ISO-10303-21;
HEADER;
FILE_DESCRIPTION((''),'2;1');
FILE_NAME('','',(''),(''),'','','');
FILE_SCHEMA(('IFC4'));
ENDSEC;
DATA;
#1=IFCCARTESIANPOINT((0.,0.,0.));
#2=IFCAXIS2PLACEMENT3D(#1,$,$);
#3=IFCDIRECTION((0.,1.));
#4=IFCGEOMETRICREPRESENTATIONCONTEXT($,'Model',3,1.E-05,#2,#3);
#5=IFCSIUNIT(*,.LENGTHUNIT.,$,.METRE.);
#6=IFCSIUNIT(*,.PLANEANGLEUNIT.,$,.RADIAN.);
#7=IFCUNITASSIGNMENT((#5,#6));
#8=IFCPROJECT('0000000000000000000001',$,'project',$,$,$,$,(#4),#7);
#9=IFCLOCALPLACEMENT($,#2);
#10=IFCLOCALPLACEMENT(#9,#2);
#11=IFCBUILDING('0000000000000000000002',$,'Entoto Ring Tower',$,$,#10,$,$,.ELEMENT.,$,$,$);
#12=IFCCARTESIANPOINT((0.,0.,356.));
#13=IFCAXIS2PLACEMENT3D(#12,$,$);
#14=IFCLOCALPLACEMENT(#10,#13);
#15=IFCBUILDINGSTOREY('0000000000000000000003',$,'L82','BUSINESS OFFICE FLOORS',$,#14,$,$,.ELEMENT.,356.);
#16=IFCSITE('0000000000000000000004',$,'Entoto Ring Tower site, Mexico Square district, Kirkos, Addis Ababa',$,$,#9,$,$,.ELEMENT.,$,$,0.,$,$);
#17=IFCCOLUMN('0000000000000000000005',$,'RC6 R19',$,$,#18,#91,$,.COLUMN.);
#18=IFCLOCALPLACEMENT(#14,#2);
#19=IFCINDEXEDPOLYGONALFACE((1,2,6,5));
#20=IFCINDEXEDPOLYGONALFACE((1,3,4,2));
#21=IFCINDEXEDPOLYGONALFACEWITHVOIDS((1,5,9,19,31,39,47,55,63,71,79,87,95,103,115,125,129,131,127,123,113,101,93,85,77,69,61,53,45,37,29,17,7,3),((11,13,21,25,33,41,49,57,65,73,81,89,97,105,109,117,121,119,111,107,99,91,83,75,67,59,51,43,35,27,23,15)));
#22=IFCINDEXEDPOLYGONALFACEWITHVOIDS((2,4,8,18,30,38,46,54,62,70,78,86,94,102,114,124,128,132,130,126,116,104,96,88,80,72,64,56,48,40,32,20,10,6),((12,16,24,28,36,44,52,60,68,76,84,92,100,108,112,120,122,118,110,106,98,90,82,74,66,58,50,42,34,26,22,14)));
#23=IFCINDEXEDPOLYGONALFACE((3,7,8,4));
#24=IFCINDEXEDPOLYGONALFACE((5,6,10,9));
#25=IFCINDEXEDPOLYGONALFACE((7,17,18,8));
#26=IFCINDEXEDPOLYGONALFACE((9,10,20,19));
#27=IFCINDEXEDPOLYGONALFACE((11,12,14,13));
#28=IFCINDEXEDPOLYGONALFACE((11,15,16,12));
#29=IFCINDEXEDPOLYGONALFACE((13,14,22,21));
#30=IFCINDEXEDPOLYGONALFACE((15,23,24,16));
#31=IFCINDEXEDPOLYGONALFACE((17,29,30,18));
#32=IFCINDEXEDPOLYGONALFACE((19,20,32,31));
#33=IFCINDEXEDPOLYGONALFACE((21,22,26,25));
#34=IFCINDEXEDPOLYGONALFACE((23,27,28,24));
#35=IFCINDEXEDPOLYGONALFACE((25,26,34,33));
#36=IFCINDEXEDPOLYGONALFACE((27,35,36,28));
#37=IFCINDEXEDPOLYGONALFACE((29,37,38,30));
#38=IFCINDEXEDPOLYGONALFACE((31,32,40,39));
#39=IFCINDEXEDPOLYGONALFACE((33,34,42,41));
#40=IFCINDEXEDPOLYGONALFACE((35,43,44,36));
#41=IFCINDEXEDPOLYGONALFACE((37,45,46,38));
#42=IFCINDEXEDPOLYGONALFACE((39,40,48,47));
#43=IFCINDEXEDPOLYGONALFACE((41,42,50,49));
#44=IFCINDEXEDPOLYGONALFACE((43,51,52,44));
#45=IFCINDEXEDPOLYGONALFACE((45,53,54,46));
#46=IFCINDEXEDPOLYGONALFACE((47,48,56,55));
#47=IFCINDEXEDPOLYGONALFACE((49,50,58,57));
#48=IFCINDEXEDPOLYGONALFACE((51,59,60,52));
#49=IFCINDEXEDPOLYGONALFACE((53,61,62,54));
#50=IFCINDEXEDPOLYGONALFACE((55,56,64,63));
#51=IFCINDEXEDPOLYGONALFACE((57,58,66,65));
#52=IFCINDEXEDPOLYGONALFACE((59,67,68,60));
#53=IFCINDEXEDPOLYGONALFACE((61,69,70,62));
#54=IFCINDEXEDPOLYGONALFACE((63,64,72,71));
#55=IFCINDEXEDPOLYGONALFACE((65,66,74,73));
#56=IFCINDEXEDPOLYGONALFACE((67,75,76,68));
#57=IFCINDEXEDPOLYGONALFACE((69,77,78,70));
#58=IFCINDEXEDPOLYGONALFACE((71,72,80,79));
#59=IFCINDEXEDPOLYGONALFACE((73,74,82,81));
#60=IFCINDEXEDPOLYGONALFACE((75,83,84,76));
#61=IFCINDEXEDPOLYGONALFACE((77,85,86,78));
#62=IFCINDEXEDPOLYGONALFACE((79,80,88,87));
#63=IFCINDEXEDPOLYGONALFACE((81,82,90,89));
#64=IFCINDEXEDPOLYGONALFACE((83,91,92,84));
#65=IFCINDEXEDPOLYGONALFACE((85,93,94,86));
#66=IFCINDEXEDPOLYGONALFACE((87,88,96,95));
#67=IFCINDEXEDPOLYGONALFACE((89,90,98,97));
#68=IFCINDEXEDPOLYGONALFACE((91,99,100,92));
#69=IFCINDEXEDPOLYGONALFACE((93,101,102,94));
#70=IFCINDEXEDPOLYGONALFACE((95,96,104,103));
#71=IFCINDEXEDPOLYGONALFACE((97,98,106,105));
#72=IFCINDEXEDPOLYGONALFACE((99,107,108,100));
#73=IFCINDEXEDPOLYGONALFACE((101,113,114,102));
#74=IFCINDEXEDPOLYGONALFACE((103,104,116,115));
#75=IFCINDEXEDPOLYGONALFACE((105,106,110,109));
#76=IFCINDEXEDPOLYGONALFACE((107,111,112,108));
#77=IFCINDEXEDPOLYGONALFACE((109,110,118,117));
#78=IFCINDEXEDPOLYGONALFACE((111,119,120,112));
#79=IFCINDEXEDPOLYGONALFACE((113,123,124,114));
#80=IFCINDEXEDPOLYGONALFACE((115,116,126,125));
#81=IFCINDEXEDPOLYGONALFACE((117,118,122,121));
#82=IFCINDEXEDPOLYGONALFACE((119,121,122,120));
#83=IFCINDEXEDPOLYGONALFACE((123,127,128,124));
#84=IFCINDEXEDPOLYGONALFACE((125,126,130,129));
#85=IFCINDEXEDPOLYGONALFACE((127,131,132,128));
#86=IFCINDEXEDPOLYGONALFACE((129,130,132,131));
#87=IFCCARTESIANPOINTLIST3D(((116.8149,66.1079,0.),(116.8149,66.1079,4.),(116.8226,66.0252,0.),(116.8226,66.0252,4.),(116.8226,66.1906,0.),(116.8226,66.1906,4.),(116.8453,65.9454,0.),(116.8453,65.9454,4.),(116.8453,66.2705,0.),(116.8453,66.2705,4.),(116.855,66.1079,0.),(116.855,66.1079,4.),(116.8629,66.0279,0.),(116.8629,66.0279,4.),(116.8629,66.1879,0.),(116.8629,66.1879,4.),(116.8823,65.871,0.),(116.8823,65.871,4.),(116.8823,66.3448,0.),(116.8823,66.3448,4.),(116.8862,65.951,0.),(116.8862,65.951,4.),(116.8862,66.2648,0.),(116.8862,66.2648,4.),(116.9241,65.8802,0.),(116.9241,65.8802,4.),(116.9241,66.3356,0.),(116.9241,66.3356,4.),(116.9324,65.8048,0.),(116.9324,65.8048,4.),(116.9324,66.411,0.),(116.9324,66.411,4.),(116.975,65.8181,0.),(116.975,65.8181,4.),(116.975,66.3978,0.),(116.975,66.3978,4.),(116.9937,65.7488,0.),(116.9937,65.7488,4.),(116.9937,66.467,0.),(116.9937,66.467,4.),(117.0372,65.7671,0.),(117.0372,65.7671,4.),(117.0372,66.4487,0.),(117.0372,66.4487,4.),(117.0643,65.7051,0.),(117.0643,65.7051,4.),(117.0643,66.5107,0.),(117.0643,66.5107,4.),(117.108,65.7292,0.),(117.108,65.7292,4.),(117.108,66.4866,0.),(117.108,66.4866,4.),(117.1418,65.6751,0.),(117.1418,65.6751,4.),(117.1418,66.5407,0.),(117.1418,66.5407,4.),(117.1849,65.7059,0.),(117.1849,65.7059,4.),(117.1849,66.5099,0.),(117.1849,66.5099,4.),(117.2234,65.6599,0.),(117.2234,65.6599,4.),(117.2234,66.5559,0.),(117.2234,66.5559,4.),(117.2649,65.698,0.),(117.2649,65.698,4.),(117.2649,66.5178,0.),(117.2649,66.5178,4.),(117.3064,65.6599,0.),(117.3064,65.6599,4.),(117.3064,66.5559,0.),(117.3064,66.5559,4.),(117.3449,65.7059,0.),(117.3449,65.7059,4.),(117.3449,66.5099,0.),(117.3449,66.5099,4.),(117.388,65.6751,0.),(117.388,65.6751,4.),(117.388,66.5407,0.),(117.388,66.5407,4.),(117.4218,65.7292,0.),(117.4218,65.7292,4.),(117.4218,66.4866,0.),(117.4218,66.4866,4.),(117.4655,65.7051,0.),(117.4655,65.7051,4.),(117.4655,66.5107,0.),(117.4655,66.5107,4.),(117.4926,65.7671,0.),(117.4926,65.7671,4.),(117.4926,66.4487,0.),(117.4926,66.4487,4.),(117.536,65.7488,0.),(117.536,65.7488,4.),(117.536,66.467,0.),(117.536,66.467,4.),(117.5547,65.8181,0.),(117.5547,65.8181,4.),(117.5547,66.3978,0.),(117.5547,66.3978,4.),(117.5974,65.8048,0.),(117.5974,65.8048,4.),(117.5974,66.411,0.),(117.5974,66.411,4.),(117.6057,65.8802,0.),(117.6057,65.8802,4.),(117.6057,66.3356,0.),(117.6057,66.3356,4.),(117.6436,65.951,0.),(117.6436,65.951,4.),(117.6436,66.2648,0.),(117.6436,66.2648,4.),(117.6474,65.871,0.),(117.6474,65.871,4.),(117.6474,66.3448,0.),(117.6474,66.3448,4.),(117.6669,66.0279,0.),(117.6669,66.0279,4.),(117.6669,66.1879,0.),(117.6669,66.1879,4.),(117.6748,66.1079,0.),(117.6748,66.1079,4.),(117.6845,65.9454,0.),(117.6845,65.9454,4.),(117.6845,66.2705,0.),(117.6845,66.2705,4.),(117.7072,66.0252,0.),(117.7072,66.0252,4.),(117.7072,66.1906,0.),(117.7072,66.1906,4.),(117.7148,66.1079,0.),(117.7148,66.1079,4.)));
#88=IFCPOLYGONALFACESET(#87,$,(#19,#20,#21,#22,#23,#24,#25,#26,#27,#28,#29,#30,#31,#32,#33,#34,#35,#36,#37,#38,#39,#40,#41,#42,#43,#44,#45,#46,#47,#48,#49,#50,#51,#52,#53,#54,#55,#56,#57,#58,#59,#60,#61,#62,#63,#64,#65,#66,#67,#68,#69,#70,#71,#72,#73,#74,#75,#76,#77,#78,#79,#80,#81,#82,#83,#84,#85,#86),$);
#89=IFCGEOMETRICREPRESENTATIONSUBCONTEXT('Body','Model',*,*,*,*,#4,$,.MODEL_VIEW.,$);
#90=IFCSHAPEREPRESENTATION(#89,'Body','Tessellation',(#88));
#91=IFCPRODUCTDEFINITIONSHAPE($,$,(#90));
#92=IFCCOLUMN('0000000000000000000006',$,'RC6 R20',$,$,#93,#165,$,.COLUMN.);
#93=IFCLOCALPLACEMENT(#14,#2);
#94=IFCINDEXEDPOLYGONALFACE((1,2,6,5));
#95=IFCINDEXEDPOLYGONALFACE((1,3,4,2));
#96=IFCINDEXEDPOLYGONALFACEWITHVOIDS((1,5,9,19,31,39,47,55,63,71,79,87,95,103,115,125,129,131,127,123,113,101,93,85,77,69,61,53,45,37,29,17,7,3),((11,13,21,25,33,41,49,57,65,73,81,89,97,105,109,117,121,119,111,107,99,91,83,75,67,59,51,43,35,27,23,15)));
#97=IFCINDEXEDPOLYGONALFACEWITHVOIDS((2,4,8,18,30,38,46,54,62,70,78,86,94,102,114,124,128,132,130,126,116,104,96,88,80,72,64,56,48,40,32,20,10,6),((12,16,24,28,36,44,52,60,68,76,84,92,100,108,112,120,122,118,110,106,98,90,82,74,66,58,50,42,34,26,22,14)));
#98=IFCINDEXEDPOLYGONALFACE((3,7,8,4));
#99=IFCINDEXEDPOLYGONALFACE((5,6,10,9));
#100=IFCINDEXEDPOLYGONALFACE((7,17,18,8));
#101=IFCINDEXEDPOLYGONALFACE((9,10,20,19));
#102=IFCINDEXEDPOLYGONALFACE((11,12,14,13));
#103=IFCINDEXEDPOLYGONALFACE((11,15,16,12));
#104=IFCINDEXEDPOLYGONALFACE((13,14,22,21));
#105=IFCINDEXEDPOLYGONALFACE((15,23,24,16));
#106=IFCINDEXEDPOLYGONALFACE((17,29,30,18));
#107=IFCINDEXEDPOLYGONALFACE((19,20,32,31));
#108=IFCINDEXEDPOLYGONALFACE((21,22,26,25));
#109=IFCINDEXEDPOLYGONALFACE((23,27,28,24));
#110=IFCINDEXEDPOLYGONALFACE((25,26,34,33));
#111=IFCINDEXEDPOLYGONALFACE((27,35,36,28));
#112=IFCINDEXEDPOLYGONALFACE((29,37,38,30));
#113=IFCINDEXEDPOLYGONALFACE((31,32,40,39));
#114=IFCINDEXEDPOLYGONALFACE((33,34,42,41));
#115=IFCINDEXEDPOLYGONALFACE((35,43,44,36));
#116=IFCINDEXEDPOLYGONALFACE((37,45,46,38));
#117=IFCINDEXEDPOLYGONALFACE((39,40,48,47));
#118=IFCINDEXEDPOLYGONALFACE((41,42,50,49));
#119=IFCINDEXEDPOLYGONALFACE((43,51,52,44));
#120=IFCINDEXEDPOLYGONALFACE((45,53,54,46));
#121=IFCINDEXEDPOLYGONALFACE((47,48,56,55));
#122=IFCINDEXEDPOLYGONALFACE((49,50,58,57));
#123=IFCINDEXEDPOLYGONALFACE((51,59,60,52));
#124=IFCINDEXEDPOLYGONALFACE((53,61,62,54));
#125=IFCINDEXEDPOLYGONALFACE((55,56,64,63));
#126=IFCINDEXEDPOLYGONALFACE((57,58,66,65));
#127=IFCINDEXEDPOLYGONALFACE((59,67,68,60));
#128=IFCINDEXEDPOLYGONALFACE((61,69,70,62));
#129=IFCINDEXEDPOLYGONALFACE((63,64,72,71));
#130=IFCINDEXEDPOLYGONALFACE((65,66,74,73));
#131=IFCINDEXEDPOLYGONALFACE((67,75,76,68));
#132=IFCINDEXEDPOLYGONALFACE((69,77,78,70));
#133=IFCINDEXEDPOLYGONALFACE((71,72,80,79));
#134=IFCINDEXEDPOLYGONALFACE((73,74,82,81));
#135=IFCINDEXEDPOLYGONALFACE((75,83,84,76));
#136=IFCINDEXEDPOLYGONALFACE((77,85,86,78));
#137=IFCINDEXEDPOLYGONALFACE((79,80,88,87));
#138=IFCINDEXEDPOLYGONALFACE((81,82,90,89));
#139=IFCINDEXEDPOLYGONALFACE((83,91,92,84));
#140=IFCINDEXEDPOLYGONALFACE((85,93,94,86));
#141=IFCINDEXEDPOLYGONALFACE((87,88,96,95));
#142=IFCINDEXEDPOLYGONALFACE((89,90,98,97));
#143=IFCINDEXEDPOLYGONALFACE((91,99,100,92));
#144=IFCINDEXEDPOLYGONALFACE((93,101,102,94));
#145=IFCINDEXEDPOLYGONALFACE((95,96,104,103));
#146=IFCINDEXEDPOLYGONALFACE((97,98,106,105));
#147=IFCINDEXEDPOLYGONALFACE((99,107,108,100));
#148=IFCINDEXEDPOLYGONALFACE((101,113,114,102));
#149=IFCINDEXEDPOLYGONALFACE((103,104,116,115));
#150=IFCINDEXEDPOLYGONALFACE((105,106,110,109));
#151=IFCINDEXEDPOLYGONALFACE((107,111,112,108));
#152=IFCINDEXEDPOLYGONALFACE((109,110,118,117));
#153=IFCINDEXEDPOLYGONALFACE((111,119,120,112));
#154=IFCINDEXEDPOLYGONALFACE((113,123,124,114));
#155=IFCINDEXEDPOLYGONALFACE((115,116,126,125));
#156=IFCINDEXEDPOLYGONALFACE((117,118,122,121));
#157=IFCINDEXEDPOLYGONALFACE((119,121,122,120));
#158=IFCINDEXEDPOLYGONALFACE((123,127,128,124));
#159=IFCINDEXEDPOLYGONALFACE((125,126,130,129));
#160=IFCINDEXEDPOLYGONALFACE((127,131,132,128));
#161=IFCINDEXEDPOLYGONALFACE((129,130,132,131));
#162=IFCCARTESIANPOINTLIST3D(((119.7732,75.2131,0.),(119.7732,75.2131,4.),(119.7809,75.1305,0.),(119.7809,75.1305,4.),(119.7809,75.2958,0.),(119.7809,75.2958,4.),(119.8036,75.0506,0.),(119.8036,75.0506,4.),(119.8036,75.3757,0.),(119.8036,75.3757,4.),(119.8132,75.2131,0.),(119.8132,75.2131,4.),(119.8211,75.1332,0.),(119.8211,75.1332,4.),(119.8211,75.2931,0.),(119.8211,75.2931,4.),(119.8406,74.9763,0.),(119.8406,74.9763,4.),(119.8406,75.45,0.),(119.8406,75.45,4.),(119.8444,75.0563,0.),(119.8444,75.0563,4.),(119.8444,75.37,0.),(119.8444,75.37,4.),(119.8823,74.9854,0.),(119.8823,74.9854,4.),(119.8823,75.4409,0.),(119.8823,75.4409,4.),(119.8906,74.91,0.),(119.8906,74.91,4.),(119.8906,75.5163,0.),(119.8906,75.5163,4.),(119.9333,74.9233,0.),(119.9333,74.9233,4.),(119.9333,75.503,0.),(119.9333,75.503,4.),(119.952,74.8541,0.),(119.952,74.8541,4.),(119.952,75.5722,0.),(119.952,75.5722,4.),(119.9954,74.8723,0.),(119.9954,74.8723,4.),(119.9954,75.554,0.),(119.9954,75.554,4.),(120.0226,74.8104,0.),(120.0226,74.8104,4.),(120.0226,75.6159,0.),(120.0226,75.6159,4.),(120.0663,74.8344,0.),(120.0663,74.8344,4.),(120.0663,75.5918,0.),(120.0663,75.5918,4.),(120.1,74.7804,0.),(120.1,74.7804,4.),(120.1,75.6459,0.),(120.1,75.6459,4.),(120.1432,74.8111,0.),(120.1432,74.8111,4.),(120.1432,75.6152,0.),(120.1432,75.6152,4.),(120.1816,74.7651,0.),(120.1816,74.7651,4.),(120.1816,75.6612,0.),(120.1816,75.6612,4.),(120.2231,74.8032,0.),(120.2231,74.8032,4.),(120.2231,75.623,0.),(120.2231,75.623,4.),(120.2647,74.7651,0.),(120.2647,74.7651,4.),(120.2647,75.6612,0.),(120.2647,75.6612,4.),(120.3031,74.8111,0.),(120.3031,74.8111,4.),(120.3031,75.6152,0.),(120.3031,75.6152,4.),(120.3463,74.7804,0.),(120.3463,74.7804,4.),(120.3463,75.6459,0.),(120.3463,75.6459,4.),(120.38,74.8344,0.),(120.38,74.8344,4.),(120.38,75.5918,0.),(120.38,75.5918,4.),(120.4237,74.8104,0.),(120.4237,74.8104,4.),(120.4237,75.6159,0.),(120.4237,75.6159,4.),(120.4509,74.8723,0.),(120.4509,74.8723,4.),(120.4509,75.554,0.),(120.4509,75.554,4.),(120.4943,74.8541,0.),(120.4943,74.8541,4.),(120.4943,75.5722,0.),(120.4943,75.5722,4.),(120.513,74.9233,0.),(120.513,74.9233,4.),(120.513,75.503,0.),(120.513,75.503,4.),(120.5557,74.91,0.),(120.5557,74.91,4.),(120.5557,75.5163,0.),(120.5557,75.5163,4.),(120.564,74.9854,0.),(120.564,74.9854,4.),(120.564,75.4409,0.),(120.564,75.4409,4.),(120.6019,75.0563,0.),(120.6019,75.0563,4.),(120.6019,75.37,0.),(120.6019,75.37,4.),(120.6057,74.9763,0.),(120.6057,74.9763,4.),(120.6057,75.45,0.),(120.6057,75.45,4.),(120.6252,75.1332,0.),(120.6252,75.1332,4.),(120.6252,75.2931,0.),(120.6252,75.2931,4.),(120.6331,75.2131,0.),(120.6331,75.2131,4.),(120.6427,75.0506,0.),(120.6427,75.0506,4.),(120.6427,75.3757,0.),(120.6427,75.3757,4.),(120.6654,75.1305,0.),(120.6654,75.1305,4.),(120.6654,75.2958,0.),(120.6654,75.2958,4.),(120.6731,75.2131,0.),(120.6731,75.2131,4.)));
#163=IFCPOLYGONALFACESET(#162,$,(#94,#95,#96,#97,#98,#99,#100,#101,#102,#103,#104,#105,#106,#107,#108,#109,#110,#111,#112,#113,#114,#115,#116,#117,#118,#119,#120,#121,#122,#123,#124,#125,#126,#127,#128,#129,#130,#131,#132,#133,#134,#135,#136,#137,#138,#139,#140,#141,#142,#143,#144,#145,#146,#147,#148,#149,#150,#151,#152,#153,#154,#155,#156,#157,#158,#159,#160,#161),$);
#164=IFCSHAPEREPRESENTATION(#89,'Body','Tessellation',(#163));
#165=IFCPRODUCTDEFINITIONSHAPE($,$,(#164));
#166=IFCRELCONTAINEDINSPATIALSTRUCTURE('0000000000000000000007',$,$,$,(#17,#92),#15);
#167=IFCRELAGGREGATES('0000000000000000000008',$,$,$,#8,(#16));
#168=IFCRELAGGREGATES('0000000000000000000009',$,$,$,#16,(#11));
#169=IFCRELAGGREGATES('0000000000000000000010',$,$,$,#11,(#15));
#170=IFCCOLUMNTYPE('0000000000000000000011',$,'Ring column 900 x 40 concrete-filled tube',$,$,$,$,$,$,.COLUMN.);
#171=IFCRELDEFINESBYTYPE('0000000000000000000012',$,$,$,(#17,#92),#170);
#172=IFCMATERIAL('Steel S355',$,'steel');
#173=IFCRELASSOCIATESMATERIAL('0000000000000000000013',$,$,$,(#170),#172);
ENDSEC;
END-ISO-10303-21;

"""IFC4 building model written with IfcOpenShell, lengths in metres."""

from ifc_helpers import new_model, si_unit, direction, frame, origin, origin_2d, place, context, subcontext, project, spatial, circle, hollow_circle, extrude, material, material_profile, profile_set, type_object, element, save


model = new_model("IFC4")

# Units and contexts
model_context = context("Model", 3, precision=1e-05, world=origin(), true_north=direction((0.0, 1.0)))
body_context = subcontext(model_context, "Body", "Model", "MODEL_VIEW")
ifc_project = project(units=[si_unit("LENGTHUNIT", "METRE"), si_unit("PLANEANGLEUNIT", "RADIAN")], contexts=[model_context])

# Site, building, storey
site_placement = place(None, origin())
site = spatial("IfcSite", under=ifc_project, at=site_placement, Name="Entoto Ring Tower site, Mexico Square district, Kirkos, Addis Ababa", CompositionType="ELEMENT", RefElevation=0.0)
building_placement = place(site_placement, origin())
building = spatial("IfcBuilding", under=site, at=building_placement, Name="Entoto Ring Tower", CompositionType="ELEMENT")
storey_placement = place(building_placement, frame((0.0, 0.0, 356.0)))
storey = spatial("IfcBuildingStorey", under=building, at=storey_placement, Name="L82", Description="BUSINESS OFFICE FLOORS", CompositionType="ELEMENT", Elevation=356.0)

# Columns
ifc_material_1 = material(Name="Steel S355", Category="steel")
ifc_material_profile_1 = material_profile(ifc_material_1, hollow_circle(Radius=0.45, WallThickness=0.04, at=origin_2d()), Name="CHS 900 x 40")
ifc_material_2 = material(Name="Concrete C60/75", Category="concrete")
ifc_material_profile_2 = material_profile(ifc_material_2, circle(Radius=0.4099, at=origin_2d()), Name="Concrete C60/75 infill")
ifc_profile_set_1 = profile_set([ifc_material_profile_1, ifc_material_profile_2], Name="Steel S355")
column_type = type_object("IfcColumnType", Name="Ring column 900 x 40 concrete-filled tube", PredefinedType="COLUMN", material=ifc_profile_set_1)
for number, where, z_axis, x_axis, name in (
    (1, (117.2649, 66.1079, 0.0), (0.0, 0.0, 1.0), (1.0, 0.0, 0.0), "RC6 R19"),
    (2, (120.2231, 75.2131, 0.0), (0.0, 0.0, 1.0), (1.0, 0.0, 0.0), "RC6 R20"),
):
    element("IfcColumn", number, at=place(storey_placement, frame(where, z_axis=z_axis, x_axis=x_axis)), inside=storey, type_object=column_type, Name=name, PredefinedType="COLUMN", context=body_context, shape_type="SweptSolid", body=[
        extrude(hollow_circle(Radius=0.45, WallThickness=0.04, at=origin_2d()), origin(), (0.0, 0.0, 1.0), 4.0),
    ])

save(model, "model.ifc")
